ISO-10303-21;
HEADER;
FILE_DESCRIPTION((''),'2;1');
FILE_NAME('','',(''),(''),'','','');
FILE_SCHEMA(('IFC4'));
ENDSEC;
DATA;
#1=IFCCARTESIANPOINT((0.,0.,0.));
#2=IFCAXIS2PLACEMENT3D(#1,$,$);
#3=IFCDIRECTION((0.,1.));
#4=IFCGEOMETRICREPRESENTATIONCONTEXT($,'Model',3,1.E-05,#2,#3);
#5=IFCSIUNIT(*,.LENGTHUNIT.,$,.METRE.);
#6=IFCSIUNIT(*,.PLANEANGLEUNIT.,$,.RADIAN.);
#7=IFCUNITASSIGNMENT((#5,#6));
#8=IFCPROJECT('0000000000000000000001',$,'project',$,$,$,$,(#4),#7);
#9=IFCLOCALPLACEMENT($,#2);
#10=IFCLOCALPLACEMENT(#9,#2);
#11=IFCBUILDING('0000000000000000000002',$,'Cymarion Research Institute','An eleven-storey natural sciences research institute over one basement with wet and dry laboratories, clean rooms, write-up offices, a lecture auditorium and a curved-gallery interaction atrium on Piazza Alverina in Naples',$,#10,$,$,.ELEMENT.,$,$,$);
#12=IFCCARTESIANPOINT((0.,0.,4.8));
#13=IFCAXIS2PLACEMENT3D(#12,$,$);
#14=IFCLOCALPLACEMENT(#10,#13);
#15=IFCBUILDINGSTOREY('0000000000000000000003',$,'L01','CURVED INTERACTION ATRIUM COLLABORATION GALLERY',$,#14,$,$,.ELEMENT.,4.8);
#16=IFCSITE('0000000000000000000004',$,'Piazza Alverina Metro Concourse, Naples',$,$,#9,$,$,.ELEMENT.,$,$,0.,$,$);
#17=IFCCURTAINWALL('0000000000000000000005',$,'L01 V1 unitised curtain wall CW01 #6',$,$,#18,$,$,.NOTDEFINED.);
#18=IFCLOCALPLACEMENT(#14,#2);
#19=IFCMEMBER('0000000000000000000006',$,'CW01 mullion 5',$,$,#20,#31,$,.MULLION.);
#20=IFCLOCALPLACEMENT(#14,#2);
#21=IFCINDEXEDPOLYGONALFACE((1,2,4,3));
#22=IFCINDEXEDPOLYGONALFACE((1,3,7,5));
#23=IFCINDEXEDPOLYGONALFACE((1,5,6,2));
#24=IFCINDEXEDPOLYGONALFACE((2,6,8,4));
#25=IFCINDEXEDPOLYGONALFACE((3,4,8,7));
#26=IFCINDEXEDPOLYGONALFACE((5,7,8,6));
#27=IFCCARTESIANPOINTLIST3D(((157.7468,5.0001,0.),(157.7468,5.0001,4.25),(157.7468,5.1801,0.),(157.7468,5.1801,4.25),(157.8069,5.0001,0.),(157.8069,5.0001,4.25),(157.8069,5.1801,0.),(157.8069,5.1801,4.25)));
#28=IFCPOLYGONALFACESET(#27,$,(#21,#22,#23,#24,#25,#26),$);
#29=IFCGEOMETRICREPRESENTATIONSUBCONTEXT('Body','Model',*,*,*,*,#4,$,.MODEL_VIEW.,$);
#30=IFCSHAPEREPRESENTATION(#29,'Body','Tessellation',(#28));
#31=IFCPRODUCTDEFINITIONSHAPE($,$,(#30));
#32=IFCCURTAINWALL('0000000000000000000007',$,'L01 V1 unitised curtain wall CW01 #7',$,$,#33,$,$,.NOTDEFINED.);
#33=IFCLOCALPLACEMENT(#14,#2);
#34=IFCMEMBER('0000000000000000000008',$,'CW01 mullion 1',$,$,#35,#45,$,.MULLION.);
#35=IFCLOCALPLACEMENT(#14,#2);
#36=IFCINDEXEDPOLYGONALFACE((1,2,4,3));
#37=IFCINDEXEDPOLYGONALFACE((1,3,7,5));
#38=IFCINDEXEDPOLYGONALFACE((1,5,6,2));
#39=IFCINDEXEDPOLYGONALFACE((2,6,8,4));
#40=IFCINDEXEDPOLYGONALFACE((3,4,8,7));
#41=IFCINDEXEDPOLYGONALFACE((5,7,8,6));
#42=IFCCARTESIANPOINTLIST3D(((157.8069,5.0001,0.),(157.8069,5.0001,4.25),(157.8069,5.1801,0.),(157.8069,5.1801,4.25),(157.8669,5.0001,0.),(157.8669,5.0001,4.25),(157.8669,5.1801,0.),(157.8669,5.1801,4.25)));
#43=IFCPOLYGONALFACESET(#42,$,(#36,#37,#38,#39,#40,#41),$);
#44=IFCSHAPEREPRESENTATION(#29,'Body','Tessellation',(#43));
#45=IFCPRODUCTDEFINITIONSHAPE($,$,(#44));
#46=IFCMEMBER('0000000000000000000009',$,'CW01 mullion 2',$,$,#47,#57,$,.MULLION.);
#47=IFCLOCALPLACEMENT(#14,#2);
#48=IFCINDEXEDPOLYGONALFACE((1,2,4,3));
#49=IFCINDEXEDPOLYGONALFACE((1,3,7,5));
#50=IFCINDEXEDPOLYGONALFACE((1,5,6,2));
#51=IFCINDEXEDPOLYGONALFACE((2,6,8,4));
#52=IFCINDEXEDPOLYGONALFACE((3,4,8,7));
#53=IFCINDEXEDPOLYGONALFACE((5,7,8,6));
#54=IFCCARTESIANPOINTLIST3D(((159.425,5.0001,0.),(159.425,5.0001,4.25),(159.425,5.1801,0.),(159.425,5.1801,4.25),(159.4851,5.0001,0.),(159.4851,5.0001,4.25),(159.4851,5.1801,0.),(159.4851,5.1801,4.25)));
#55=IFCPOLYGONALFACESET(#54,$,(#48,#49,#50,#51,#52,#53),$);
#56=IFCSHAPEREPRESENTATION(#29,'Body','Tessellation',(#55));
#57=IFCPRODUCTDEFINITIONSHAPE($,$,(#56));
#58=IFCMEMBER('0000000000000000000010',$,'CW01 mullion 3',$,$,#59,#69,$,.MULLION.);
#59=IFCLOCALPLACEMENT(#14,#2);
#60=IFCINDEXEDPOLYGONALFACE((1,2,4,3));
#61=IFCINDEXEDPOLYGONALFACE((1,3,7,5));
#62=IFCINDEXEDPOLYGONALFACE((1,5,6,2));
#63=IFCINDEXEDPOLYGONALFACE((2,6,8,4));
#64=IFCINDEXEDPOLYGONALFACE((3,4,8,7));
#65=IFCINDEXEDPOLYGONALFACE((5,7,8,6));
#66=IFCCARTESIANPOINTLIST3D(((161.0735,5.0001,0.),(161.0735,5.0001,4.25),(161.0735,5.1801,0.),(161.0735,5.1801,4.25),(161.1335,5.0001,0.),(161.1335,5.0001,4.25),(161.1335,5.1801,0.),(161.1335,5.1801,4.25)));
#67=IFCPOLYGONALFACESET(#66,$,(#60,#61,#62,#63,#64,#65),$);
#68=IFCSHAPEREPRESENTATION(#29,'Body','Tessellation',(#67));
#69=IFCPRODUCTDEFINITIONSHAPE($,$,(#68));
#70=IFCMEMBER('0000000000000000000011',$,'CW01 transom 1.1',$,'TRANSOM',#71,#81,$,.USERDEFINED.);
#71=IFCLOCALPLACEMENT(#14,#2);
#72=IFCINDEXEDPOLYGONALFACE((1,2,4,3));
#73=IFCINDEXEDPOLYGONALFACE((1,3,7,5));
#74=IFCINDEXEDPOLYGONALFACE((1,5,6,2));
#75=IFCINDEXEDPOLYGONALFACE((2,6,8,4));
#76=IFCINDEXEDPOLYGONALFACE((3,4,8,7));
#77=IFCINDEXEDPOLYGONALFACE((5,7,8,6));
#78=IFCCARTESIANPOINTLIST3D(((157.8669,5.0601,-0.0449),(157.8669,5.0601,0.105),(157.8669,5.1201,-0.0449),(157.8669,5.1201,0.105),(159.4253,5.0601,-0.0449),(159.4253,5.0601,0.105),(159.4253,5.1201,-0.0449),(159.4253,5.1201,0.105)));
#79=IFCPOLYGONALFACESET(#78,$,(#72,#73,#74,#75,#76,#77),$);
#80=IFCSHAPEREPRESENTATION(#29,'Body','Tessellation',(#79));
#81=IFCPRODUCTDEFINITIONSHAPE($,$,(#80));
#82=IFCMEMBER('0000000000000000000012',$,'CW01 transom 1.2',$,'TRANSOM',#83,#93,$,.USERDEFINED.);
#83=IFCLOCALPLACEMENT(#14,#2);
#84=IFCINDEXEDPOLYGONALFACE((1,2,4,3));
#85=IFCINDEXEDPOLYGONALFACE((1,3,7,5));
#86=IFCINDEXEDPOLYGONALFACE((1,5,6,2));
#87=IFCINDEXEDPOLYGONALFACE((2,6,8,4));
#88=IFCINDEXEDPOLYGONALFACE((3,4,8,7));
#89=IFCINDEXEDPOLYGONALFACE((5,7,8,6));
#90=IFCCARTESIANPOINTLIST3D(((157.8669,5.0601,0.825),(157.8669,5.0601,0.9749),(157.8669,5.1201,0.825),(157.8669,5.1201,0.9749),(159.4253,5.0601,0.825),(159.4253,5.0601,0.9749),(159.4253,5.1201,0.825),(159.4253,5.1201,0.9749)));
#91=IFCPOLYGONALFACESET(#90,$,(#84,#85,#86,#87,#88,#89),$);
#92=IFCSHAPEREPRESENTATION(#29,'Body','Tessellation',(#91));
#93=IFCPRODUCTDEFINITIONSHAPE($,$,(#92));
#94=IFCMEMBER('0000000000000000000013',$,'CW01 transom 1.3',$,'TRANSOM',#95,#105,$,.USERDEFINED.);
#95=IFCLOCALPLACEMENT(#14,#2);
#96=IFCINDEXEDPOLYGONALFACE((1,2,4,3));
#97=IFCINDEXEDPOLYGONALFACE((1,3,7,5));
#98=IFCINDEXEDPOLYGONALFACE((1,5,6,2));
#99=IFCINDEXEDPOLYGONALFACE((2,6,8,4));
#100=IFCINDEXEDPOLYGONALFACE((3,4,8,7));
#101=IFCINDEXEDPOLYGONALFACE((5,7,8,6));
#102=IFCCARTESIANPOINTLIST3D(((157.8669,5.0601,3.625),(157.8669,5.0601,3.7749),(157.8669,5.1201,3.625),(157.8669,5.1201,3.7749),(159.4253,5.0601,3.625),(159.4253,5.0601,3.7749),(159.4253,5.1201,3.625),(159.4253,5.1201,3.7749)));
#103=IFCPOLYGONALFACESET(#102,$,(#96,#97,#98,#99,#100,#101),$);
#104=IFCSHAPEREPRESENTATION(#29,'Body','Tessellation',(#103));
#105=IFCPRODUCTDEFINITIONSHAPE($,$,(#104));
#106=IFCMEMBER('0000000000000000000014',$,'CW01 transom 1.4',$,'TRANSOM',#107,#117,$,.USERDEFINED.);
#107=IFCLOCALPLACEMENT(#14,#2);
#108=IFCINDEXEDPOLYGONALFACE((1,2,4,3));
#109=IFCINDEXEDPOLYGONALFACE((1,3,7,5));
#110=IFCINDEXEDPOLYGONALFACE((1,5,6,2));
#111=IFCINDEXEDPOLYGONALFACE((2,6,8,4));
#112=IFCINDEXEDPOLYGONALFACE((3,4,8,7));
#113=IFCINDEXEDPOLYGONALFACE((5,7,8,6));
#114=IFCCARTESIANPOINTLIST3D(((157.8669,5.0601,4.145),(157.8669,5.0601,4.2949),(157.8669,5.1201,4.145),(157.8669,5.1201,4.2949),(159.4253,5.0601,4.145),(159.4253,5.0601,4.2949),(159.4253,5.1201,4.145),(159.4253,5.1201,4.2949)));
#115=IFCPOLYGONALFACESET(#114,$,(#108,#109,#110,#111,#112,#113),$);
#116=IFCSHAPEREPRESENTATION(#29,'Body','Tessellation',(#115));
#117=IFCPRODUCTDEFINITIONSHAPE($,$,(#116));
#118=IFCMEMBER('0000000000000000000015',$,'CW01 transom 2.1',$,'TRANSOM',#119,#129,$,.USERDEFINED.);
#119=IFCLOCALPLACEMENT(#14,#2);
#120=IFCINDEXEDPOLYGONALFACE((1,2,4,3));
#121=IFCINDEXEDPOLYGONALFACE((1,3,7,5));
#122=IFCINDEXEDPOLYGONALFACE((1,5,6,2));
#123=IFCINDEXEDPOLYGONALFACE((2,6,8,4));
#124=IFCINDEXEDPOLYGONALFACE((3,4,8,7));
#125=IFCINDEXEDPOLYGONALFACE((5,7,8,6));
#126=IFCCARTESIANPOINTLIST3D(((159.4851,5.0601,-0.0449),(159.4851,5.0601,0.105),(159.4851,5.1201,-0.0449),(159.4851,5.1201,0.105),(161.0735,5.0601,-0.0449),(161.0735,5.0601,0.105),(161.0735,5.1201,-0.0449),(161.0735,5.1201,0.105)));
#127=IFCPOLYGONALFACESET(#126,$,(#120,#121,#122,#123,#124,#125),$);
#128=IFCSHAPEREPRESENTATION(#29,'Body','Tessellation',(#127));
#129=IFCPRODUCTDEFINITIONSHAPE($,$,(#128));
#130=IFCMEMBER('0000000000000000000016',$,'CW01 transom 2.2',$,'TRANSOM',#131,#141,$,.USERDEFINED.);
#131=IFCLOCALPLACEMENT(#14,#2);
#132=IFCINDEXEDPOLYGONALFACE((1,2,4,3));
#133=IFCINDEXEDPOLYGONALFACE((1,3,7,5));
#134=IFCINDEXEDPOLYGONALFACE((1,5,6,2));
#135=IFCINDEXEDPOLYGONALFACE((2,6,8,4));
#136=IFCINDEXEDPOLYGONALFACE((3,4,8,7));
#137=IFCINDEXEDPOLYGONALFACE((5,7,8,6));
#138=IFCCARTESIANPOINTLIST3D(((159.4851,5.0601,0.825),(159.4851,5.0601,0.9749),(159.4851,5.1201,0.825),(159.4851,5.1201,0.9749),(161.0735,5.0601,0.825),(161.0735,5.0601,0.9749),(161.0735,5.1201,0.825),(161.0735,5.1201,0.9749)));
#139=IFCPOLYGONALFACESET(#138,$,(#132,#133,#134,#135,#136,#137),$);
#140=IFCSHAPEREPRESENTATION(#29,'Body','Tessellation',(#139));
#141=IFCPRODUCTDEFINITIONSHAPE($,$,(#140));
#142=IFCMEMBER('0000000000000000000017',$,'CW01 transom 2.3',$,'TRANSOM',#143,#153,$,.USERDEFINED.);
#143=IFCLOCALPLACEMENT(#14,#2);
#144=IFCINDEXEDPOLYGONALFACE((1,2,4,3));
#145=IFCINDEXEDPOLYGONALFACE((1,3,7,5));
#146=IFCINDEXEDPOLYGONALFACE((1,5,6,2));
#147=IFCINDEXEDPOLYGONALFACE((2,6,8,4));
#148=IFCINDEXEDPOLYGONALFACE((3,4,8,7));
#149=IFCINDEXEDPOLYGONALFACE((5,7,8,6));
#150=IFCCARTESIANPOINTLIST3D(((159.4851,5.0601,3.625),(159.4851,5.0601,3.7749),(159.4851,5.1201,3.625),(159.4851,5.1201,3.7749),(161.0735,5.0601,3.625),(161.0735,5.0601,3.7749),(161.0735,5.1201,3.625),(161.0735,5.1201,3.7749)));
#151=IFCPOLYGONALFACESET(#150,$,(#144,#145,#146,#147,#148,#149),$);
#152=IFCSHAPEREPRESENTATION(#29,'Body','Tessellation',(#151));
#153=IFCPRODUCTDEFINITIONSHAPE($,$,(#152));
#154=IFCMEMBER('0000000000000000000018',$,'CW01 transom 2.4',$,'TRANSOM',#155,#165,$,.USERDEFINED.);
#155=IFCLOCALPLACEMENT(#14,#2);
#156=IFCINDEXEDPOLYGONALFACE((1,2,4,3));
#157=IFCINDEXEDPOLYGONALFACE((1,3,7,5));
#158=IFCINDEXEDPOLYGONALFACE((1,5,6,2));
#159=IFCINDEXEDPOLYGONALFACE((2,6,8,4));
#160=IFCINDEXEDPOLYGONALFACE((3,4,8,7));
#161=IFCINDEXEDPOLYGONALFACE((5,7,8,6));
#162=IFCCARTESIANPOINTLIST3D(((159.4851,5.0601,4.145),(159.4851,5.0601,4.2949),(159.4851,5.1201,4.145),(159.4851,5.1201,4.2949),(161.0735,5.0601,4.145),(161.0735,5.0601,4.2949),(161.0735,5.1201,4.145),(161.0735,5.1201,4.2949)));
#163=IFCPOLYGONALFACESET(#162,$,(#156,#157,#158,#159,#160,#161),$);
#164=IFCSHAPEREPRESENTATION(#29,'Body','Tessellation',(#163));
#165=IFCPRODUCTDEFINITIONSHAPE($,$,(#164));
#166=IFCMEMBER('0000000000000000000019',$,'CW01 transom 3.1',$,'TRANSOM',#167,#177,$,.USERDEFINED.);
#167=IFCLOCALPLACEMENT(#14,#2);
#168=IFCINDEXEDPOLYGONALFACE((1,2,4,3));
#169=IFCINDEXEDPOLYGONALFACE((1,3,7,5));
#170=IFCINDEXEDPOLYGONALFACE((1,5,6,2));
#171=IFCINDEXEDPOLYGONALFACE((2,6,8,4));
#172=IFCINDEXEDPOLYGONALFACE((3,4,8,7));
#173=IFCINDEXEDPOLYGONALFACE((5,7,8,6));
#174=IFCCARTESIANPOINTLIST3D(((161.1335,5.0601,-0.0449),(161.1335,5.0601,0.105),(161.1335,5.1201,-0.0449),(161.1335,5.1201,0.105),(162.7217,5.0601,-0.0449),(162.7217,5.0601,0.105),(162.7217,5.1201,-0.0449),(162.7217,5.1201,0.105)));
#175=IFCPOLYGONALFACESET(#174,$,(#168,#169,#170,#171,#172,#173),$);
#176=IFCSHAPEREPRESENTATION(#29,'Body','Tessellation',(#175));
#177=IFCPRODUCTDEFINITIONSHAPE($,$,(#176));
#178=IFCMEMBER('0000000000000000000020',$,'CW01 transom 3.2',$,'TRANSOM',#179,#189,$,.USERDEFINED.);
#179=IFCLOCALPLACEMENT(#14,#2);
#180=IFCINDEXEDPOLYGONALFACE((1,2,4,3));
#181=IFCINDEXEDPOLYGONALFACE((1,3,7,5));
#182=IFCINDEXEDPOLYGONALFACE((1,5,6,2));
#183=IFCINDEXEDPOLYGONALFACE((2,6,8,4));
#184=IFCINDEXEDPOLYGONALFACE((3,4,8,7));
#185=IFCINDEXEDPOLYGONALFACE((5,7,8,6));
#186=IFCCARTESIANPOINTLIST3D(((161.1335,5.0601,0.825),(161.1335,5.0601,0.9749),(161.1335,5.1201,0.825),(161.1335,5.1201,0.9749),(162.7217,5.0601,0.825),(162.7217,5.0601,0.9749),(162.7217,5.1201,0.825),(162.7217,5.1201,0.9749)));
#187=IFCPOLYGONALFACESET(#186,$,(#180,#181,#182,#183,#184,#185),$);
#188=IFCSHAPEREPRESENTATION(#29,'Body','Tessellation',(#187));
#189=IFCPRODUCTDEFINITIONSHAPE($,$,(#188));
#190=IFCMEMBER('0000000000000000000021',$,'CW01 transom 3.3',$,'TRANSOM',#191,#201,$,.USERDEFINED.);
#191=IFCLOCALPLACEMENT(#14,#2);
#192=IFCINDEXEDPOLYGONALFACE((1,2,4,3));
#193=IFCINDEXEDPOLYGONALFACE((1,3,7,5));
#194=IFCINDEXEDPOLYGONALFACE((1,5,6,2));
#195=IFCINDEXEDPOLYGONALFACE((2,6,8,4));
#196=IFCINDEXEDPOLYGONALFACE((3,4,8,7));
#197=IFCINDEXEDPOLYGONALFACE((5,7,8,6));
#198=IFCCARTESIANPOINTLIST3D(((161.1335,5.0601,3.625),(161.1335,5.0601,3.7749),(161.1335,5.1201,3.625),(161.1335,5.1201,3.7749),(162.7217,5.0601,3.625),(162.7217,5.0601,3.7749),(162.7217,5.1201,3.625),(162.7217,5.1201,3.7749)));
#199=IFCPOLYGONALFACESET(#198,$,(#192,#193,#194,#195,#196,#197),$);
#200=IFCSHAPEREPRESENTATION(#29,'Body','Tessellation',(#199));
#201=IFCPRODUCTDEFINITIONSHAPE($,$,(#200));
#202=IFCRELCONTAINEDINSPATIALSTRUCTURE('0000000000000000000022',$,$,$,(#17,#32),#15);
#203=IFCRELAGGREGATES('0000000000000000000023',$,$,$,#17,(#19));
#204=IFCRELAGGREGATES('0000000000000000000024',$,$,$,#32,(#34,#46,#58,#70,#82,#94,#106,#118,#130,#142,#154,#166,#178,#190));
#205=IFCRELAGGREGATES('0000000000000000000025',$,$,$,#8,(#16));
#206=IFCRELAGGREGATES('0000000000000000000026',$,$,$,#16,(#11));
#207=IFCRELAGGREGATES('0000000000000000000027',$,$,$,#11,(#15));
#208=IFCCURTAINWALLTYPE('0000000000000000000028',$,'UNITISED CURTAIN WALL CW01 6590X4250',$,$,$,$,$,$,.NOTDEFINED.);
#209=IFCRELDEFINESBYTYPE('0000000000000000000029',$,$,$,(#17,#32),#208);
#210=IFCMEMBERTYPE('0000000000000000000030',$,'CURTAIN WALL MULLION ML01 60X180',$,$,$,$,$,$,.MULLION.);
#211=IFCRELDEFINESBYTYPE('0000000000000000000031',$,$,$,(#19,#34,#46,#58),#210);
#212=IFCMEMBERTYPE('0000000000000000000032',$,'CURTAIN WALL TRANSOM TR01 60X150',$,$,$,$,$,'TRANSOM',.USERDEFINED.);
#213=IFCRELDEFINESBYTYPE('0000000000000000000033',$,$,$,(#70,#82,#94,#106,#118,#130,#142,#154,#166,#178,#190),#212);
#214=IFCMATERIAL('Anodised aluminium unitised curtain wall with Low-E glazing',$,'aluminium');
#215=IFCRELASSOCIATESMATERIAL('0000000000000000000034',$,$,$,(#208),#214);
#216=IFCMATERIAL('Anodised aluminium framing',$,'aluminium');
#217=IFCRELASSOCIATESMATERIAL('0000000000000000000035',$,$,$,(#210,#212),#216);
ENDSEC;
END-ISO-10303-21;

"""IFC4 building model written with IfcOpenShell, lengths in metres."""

from ifc_helpers import new_model, si_unit, direction, frame, origin, origin_2d, place, context, subcontext, project, spatial, rectangle, extrude, material, material_profile, profile_set, type_object, element, aggregate, save


model = new_model("IFC4")

# Units and contexts
model_context = context("Model", 3, precision=1e-05, world=origin(), true_north=direction((0.0, 1.0)))
body_context = subcontext(model_context, "Body", "Model", "MODEL_VIEW")
ifc_project = project(units=[si_unit("LENGTHUNIT", "METRE"), si_unit("PLANEANGLEUNIT", "RADIAN")], contexts=[model_context])

# Site, building, storey
site_placement = place(None, origin())
site = spatial("IfcSite", under=ifc_project, at=site_placement, Name="Piazza Alverina Metro Concourse, Naples", CompositionType="ELEMENT", RefElevation=0.0)
building_placement = place(site_placement, origin())
building = spatial("IfcBuilding", under=site, at=building_placement, Name="Cymarion Research Institute", Description="An eleven-storey natural sciences research institute over one basement with wet and dry laboratories, clean rooms, write-up offices, a lecture auditorium and a curved-gallery interaction atrium on Piazza Alverina in Naples", CompositionType="ELEMENT")
storey_placement = place(building_placement, frame((0.0, 0.0, 4.8)))
storey = spatial("IfcBuildingStorey", under=building, at=storey_placement, Name="L01", Description="CURVED INTERACTION ATRIUM COLLABORATION GALLERY", CompositionType="ELEMENT", Elevation=4.8)

# Curtain wall, member
ifc_material_1 = material(Name="Anodised aluminium unitised curtain wall with Low-E glazing", Category="aluminium")
curtain_wall_type = type_object("IfcCurtainWallType", Name="UNITISED CURTAIN WALL CW01 6590X4250", PredefinedType="NOTDEFINED", material=ifc_material_1)
curtain_wall_1_placement = place(storey_placement, origin())
curtain_wall_1 = element("IfcCurtainWall", 1, at=curtain_wall_1_placement, inside=storey, type_object=curtain_wall_type, Name="L01 V1 unitised curtain wall CW01 #6", PredefinedType="NOTDEFINED")
ifc_material_2 = material(Name="Anodised aluminium framing", Category="aluminium")
ifc_material_profile_1 = material_profile(ifc_material_2, rectangle(XDim=0.0601, YDim=0.1799, at=origin_2d()), Name="ALU MULLION 60x180")
ifc_profile_set_1 = profile_set([ifc_material_profile_1], Name="Anodised aluminium framing")
member_type_1 = type_object("IfcMemberType", Name="CURTAIN WALL MULLION ML01 60X180", PredefinedType="MULLION", material=ifc_profile_set_1)
member_1_placement = place(storey_placement, frame((157.7769, 5.0901, 0.0), z_axis=(0.0, 0.0, 1.0), x_axis=(1.0, 0.0, 0.0)))
member_1 = element("IfcMember", 2, at=member_1_placement, type_object=member_type_1, Name="CW01 mullion 5", PredefinedType="MULLION", context=body_context, shape_type="SweptSolid", body=[
    extrude(rectangle(XDim=0.0601, YDim=0.1799, at=origin_2d()), origin(), (0.0, 0.0, 1.0), 4.25),
])

# Curtain wall, members
curtain_wall_2_placement = place(storey_placement, origin())
curtain_wall_2 = element("IfcCurtainWall", 3, at=curtain_wall_2_placement, inside=storey, type_object=curtain_wall_type, Name="L01 V1 unitised curtain wall CW01 #7", PredefinedType="NOTDEFINED")
member_2_placement = place(storey_placement, frame((157.8369, 5.0901, 0.0), z_axis=(0.0, 0.0, 1.0), x_axis=(1.0, 0.0, 0.0)))
member_2 = element("IfcMember", 4, at=member_2_placement, type_object=member_type_1, Name="CW01 mullion 1", PredefinedType="MULLION", context=body_context, shape_type="SweptSolid", body=[
    extrude(rectangle(XDim=0.0601, YDim=0.1799, at=origin_2d()), origin(), (0.0, 0.0, 1.0), 4.25),
])
member_3_placement = place(storey_placement, frame((159.4551, 5.0901, 0.0), z_axis=(0.0, 0.0, 1.0), x_axis=(1.0, 0.0, 0.0)))
member_3 = element("IfcMember", 5, at=member_3_placement, type_object=member_type_1, Name="CW01 mullion 2", PredefinedType="MULLION", context=body_context, shape_type="SweptSolid", body=[
    extrude(rectangle(XDim=0.0601, YDim=0.1799, at=origin_2d()), origin(), (0.0, 0.0, 1.0), 4.25),
])
member_4_placement = place(storey_placement, frame((161.1035, 5.0901, 0.0), z_axis=(0.0, 0.0, 1.0), x_axis=(1.0, 0.0, 0.0)))
member_4 = element("IfcMember", 6, at=member_4_placement, type_object=member_type_1, Name="CW01 mullion 3", PredefinedType="MULLION", context=body_context, shape_type="SweptSolid", body=[
    extrude(rectangle(XDim=0.0601, YDim=0.1799, at=origin_2d()), origin(), (0.0, 0.0, 1.0), 4.25),
])
ifc_material_profile_2 = material_profile(ifc_material_2, rectangle(XDim=0.0601, YDim=0.1499, at=origin_2d()), Name="ALU TRANSOM 60x150")
ifc_profile_set_2 = profile_set([ifc_material_profile_2], Name="Anodised aluminium framing")
member_type_2 = type_object("IfcMemberType", Name="CURTAIN WALL TRANSOM TR01 60X150", ElementType="TRANSOM", PredefinedType="USERDEFINED", material=ifc_profile_set_2)
member_5_placement = place(storey_placement, frame((157.8669, 5.0901, 0.03), z_axis=(1.0, 0.0, 0.0), x_axis=(0.0, 1.0, 0.0)))
member_5 = element("IfcMember", 7, at=member_5_placement, type_object=member_type_2, Name="CW01 transom 1.1", ObjectType="TRANSOM", PredefinedType="USERDEFINED", context=body_context, shape_type="SweptSolid", body=[
    extrude(rectangle(XDim=0.0601, YDim=0.1499, at=origin_2d()), origin(), (0.0, 0.0, 1.0), 1.5583),
])
member_6_placement = place(storey_placement, frame((157.8669, 5.0901, 0.8999), z_axis=(1.0, 0.0, 0.0), x_axis=(0.0, 1.0, 0.0)))
member_6 = element("IfcMember", 8, at=member_6_placement, type_object=member_type_2, Name="CW01 transom 1.2", ObjectType="TRANSOM", PredefinedType="USERDEFINED", context=body_context, shape_type="SweptSolid", body=[
    extrude(rectangle(XDim=0.0601, YDim=0.1499, at=origin_2d()), origin(), (0.0, 0.0, 1.0), 1.5583),
])
member_7_placement = place(storey_placement, frame((157.8669, 5.0901, 3.7), z_axis=(1.0, 0.0, 0.0), x_axis=(0.0, 1.0, 0.0)))
member_7 = element("IfcMember", 9, at=member_7_placement, type_object=member_type_2, Name="CW01 transom 1.3", ObjectType="TRANSOM", PredefinedType="USERDEFINED", context=body_context, shape_type="SweptSolid", body=[
    extrude(rectangle(XDim=0.0601, YDim=0.1499, at=origin_2d()), origin(), (0.0, 0.0, 1.0), 1.5583),
])
member_8_placement = place(storey_placement, frame((157.8669, 5.0901, 4.22), z_axis=(1.0, 0.0, 0.0), x_axis=(0.0, 1.0, 0.0)))
member_8 = element("IfcMember", 10, at=member_8_placement, type_object=member_type_2, Name="CW01 transom 1.4", ObjectType="TRANSOM", PredefinedType="USERDEFINED", context=body_context, shape_type="SweptSolid", body=[
    extrude(rectangle(XDim=0.0601, YDim=0.1499, at=origin_2d()), origin(), (0.0, 0.0, 1.0), 1.5583),
])
member_9_placement = place(storey_placement, frame((159.4851, 5.0901, 0.03), z_axis=(1.0, 0.0, 0.0), x_axis=(0.0, 1.0, 0.0)))
member_9 = element("IfcMember", 11, at=member_9_placement, type_object=member_type_2, Name="CW01 transom 2.1", ObjectType="TRANSOM", PredefinedType="USERDEFINED", context=body_context, shape_type="SweptSolid", body=[
    extrude(rectangle(XDim=0.0601, YDim=0.1499, at=origin_2d()), origin(), (0.0, 0.0, 1.0), 1.5884),
])
member_10_placement = place(storey_placement, frame((159.4851, 5.0901, 0.8999), z_axis=(1.0, 0.0, 0.0), x_axis=(0.0, 1.0, 0.0)))
member_10 = element("IfcMember", 12, at=member_10_placement, type_object=member_type_2, Name="CW01 transom 2.2", ObjectType="TRANSOM", PredefinedType="USERDEFINED", context=body_context, shape_type="SweptSolid", body=[
    extrude(rectangle(XDim=0.0601, YDim=0.1499, at=origin_2d()), origin(), (0.0, 0.0, 1.0), 1.5884),
])
member_11_placement = place(storey_placement, frame((159.4851, 5.0901, 3.7), z_axis=(1.0, 0.0, 0.0), x_axis=(0.0, 1.0, 0.0)))
member_11 = element("IfcMember", 13, at=member_11_placement, type_object=member_type_2, Name="CW01 transom 2.3", ObjectType="TRANSOM", PredefinedType="USERDEFINED", context=body_context, shape_type="SweptSolid", body=[
    extrude(rectangle(XDim=0.0601, YDim=0.1499, at=origin_2d()), origin(), (0.0, 0.0, 1.0), 1.5884),
])
member_12_placement = place(storey_placement, frame((159.4851, 5.0901, 4.22), z_axis=(1.0, 0.0, 0.0), x_axis=(0.0, 1.0, 0.0)))
member_12 = element("IfcMember", 14, at=member_12_placement, type_object=member_type_2, Name="CW01 transom 2.4", ObjectType="TRANSOM", PredefinedType="USERDEFINED", context=body_context, shape_type="SweptSolid", body=[
    extrude(rectangle(XDim=0.0601, YDim=0.1499, at=origin_2d()), origin(), (0.0, 0.0, 1.0), 1.5884),
])
member_13_placement = place(storey_placement, frame((161.1335, 5.0901, 0.03), z_axis=(1.0, 0.0, 0.0), x_axis=(0.0, 1.0, 0.0)))
member_13 = element("IfcMember", 15, at=member_13_placement, type_object=member_type_2, Name="CW01 transom 3.1", ObjectType="TRANSOM", PredefinedType="USERDEFINED", context=body_context, shape_type="SweptSolid", body=[
    extrude(rectangle(XDim=0.0601, YDim=0.1499, at=origin_2d()), origin(), (0.0, 0.0, 1.0), 1.5881),
])
member_14_placement = place(storey_placement, frame((161.1335, 5.0901, 0.8999), z_axis=(1.0, 0.0, 0.0), x_axis=(0.0, 1.0, 0.0)))
member_14 = element("IfcMember", 16, at=member_14_placement, type_object=member_type_2, Name="CW01 transom 3.2", ObjectType="TRANSOM", PredefinedType="USERDEFINED", context=body_context, shape_type="SweptSolid", body=[
    extrude(rectangle(XDim=0.0601, YDim=0.1499, at=origin_2d()), origin(), (0.0, 0.0, 1.0), 1.5881),
])
member_15_placement = place(storey_placement, frame((161.1335, 5.0901, 3.7), z_axis=(1.0, 0.0, 0.0), x_axis=(0.0, 1.0, 0.0)))
member_15 = element("IfcMember", 17, at=member_15_placement, type_object=member_type_2, Name="CW01 transom 3.3", ObjectType="TRANSOM", PredefinedType="USERDEFINED", context=body_context, shape_type="SweptSolid", body=[
    extrude(rectangle(XDim=0.0601, YDim=0.1499, at=origin_2d()), origin(), (0.0, 0.0, 1.0), 1.5881),
])

aggregate(curtain_wall_1, [member_1])
aggregate(curtain_wall_2, [member_2, member_3, member_4, member_5, member_6, member_7, member_8, member_9, member_10, member_11, member_12, member_13, member_14, member_15])

save(model, "model.ifc")
